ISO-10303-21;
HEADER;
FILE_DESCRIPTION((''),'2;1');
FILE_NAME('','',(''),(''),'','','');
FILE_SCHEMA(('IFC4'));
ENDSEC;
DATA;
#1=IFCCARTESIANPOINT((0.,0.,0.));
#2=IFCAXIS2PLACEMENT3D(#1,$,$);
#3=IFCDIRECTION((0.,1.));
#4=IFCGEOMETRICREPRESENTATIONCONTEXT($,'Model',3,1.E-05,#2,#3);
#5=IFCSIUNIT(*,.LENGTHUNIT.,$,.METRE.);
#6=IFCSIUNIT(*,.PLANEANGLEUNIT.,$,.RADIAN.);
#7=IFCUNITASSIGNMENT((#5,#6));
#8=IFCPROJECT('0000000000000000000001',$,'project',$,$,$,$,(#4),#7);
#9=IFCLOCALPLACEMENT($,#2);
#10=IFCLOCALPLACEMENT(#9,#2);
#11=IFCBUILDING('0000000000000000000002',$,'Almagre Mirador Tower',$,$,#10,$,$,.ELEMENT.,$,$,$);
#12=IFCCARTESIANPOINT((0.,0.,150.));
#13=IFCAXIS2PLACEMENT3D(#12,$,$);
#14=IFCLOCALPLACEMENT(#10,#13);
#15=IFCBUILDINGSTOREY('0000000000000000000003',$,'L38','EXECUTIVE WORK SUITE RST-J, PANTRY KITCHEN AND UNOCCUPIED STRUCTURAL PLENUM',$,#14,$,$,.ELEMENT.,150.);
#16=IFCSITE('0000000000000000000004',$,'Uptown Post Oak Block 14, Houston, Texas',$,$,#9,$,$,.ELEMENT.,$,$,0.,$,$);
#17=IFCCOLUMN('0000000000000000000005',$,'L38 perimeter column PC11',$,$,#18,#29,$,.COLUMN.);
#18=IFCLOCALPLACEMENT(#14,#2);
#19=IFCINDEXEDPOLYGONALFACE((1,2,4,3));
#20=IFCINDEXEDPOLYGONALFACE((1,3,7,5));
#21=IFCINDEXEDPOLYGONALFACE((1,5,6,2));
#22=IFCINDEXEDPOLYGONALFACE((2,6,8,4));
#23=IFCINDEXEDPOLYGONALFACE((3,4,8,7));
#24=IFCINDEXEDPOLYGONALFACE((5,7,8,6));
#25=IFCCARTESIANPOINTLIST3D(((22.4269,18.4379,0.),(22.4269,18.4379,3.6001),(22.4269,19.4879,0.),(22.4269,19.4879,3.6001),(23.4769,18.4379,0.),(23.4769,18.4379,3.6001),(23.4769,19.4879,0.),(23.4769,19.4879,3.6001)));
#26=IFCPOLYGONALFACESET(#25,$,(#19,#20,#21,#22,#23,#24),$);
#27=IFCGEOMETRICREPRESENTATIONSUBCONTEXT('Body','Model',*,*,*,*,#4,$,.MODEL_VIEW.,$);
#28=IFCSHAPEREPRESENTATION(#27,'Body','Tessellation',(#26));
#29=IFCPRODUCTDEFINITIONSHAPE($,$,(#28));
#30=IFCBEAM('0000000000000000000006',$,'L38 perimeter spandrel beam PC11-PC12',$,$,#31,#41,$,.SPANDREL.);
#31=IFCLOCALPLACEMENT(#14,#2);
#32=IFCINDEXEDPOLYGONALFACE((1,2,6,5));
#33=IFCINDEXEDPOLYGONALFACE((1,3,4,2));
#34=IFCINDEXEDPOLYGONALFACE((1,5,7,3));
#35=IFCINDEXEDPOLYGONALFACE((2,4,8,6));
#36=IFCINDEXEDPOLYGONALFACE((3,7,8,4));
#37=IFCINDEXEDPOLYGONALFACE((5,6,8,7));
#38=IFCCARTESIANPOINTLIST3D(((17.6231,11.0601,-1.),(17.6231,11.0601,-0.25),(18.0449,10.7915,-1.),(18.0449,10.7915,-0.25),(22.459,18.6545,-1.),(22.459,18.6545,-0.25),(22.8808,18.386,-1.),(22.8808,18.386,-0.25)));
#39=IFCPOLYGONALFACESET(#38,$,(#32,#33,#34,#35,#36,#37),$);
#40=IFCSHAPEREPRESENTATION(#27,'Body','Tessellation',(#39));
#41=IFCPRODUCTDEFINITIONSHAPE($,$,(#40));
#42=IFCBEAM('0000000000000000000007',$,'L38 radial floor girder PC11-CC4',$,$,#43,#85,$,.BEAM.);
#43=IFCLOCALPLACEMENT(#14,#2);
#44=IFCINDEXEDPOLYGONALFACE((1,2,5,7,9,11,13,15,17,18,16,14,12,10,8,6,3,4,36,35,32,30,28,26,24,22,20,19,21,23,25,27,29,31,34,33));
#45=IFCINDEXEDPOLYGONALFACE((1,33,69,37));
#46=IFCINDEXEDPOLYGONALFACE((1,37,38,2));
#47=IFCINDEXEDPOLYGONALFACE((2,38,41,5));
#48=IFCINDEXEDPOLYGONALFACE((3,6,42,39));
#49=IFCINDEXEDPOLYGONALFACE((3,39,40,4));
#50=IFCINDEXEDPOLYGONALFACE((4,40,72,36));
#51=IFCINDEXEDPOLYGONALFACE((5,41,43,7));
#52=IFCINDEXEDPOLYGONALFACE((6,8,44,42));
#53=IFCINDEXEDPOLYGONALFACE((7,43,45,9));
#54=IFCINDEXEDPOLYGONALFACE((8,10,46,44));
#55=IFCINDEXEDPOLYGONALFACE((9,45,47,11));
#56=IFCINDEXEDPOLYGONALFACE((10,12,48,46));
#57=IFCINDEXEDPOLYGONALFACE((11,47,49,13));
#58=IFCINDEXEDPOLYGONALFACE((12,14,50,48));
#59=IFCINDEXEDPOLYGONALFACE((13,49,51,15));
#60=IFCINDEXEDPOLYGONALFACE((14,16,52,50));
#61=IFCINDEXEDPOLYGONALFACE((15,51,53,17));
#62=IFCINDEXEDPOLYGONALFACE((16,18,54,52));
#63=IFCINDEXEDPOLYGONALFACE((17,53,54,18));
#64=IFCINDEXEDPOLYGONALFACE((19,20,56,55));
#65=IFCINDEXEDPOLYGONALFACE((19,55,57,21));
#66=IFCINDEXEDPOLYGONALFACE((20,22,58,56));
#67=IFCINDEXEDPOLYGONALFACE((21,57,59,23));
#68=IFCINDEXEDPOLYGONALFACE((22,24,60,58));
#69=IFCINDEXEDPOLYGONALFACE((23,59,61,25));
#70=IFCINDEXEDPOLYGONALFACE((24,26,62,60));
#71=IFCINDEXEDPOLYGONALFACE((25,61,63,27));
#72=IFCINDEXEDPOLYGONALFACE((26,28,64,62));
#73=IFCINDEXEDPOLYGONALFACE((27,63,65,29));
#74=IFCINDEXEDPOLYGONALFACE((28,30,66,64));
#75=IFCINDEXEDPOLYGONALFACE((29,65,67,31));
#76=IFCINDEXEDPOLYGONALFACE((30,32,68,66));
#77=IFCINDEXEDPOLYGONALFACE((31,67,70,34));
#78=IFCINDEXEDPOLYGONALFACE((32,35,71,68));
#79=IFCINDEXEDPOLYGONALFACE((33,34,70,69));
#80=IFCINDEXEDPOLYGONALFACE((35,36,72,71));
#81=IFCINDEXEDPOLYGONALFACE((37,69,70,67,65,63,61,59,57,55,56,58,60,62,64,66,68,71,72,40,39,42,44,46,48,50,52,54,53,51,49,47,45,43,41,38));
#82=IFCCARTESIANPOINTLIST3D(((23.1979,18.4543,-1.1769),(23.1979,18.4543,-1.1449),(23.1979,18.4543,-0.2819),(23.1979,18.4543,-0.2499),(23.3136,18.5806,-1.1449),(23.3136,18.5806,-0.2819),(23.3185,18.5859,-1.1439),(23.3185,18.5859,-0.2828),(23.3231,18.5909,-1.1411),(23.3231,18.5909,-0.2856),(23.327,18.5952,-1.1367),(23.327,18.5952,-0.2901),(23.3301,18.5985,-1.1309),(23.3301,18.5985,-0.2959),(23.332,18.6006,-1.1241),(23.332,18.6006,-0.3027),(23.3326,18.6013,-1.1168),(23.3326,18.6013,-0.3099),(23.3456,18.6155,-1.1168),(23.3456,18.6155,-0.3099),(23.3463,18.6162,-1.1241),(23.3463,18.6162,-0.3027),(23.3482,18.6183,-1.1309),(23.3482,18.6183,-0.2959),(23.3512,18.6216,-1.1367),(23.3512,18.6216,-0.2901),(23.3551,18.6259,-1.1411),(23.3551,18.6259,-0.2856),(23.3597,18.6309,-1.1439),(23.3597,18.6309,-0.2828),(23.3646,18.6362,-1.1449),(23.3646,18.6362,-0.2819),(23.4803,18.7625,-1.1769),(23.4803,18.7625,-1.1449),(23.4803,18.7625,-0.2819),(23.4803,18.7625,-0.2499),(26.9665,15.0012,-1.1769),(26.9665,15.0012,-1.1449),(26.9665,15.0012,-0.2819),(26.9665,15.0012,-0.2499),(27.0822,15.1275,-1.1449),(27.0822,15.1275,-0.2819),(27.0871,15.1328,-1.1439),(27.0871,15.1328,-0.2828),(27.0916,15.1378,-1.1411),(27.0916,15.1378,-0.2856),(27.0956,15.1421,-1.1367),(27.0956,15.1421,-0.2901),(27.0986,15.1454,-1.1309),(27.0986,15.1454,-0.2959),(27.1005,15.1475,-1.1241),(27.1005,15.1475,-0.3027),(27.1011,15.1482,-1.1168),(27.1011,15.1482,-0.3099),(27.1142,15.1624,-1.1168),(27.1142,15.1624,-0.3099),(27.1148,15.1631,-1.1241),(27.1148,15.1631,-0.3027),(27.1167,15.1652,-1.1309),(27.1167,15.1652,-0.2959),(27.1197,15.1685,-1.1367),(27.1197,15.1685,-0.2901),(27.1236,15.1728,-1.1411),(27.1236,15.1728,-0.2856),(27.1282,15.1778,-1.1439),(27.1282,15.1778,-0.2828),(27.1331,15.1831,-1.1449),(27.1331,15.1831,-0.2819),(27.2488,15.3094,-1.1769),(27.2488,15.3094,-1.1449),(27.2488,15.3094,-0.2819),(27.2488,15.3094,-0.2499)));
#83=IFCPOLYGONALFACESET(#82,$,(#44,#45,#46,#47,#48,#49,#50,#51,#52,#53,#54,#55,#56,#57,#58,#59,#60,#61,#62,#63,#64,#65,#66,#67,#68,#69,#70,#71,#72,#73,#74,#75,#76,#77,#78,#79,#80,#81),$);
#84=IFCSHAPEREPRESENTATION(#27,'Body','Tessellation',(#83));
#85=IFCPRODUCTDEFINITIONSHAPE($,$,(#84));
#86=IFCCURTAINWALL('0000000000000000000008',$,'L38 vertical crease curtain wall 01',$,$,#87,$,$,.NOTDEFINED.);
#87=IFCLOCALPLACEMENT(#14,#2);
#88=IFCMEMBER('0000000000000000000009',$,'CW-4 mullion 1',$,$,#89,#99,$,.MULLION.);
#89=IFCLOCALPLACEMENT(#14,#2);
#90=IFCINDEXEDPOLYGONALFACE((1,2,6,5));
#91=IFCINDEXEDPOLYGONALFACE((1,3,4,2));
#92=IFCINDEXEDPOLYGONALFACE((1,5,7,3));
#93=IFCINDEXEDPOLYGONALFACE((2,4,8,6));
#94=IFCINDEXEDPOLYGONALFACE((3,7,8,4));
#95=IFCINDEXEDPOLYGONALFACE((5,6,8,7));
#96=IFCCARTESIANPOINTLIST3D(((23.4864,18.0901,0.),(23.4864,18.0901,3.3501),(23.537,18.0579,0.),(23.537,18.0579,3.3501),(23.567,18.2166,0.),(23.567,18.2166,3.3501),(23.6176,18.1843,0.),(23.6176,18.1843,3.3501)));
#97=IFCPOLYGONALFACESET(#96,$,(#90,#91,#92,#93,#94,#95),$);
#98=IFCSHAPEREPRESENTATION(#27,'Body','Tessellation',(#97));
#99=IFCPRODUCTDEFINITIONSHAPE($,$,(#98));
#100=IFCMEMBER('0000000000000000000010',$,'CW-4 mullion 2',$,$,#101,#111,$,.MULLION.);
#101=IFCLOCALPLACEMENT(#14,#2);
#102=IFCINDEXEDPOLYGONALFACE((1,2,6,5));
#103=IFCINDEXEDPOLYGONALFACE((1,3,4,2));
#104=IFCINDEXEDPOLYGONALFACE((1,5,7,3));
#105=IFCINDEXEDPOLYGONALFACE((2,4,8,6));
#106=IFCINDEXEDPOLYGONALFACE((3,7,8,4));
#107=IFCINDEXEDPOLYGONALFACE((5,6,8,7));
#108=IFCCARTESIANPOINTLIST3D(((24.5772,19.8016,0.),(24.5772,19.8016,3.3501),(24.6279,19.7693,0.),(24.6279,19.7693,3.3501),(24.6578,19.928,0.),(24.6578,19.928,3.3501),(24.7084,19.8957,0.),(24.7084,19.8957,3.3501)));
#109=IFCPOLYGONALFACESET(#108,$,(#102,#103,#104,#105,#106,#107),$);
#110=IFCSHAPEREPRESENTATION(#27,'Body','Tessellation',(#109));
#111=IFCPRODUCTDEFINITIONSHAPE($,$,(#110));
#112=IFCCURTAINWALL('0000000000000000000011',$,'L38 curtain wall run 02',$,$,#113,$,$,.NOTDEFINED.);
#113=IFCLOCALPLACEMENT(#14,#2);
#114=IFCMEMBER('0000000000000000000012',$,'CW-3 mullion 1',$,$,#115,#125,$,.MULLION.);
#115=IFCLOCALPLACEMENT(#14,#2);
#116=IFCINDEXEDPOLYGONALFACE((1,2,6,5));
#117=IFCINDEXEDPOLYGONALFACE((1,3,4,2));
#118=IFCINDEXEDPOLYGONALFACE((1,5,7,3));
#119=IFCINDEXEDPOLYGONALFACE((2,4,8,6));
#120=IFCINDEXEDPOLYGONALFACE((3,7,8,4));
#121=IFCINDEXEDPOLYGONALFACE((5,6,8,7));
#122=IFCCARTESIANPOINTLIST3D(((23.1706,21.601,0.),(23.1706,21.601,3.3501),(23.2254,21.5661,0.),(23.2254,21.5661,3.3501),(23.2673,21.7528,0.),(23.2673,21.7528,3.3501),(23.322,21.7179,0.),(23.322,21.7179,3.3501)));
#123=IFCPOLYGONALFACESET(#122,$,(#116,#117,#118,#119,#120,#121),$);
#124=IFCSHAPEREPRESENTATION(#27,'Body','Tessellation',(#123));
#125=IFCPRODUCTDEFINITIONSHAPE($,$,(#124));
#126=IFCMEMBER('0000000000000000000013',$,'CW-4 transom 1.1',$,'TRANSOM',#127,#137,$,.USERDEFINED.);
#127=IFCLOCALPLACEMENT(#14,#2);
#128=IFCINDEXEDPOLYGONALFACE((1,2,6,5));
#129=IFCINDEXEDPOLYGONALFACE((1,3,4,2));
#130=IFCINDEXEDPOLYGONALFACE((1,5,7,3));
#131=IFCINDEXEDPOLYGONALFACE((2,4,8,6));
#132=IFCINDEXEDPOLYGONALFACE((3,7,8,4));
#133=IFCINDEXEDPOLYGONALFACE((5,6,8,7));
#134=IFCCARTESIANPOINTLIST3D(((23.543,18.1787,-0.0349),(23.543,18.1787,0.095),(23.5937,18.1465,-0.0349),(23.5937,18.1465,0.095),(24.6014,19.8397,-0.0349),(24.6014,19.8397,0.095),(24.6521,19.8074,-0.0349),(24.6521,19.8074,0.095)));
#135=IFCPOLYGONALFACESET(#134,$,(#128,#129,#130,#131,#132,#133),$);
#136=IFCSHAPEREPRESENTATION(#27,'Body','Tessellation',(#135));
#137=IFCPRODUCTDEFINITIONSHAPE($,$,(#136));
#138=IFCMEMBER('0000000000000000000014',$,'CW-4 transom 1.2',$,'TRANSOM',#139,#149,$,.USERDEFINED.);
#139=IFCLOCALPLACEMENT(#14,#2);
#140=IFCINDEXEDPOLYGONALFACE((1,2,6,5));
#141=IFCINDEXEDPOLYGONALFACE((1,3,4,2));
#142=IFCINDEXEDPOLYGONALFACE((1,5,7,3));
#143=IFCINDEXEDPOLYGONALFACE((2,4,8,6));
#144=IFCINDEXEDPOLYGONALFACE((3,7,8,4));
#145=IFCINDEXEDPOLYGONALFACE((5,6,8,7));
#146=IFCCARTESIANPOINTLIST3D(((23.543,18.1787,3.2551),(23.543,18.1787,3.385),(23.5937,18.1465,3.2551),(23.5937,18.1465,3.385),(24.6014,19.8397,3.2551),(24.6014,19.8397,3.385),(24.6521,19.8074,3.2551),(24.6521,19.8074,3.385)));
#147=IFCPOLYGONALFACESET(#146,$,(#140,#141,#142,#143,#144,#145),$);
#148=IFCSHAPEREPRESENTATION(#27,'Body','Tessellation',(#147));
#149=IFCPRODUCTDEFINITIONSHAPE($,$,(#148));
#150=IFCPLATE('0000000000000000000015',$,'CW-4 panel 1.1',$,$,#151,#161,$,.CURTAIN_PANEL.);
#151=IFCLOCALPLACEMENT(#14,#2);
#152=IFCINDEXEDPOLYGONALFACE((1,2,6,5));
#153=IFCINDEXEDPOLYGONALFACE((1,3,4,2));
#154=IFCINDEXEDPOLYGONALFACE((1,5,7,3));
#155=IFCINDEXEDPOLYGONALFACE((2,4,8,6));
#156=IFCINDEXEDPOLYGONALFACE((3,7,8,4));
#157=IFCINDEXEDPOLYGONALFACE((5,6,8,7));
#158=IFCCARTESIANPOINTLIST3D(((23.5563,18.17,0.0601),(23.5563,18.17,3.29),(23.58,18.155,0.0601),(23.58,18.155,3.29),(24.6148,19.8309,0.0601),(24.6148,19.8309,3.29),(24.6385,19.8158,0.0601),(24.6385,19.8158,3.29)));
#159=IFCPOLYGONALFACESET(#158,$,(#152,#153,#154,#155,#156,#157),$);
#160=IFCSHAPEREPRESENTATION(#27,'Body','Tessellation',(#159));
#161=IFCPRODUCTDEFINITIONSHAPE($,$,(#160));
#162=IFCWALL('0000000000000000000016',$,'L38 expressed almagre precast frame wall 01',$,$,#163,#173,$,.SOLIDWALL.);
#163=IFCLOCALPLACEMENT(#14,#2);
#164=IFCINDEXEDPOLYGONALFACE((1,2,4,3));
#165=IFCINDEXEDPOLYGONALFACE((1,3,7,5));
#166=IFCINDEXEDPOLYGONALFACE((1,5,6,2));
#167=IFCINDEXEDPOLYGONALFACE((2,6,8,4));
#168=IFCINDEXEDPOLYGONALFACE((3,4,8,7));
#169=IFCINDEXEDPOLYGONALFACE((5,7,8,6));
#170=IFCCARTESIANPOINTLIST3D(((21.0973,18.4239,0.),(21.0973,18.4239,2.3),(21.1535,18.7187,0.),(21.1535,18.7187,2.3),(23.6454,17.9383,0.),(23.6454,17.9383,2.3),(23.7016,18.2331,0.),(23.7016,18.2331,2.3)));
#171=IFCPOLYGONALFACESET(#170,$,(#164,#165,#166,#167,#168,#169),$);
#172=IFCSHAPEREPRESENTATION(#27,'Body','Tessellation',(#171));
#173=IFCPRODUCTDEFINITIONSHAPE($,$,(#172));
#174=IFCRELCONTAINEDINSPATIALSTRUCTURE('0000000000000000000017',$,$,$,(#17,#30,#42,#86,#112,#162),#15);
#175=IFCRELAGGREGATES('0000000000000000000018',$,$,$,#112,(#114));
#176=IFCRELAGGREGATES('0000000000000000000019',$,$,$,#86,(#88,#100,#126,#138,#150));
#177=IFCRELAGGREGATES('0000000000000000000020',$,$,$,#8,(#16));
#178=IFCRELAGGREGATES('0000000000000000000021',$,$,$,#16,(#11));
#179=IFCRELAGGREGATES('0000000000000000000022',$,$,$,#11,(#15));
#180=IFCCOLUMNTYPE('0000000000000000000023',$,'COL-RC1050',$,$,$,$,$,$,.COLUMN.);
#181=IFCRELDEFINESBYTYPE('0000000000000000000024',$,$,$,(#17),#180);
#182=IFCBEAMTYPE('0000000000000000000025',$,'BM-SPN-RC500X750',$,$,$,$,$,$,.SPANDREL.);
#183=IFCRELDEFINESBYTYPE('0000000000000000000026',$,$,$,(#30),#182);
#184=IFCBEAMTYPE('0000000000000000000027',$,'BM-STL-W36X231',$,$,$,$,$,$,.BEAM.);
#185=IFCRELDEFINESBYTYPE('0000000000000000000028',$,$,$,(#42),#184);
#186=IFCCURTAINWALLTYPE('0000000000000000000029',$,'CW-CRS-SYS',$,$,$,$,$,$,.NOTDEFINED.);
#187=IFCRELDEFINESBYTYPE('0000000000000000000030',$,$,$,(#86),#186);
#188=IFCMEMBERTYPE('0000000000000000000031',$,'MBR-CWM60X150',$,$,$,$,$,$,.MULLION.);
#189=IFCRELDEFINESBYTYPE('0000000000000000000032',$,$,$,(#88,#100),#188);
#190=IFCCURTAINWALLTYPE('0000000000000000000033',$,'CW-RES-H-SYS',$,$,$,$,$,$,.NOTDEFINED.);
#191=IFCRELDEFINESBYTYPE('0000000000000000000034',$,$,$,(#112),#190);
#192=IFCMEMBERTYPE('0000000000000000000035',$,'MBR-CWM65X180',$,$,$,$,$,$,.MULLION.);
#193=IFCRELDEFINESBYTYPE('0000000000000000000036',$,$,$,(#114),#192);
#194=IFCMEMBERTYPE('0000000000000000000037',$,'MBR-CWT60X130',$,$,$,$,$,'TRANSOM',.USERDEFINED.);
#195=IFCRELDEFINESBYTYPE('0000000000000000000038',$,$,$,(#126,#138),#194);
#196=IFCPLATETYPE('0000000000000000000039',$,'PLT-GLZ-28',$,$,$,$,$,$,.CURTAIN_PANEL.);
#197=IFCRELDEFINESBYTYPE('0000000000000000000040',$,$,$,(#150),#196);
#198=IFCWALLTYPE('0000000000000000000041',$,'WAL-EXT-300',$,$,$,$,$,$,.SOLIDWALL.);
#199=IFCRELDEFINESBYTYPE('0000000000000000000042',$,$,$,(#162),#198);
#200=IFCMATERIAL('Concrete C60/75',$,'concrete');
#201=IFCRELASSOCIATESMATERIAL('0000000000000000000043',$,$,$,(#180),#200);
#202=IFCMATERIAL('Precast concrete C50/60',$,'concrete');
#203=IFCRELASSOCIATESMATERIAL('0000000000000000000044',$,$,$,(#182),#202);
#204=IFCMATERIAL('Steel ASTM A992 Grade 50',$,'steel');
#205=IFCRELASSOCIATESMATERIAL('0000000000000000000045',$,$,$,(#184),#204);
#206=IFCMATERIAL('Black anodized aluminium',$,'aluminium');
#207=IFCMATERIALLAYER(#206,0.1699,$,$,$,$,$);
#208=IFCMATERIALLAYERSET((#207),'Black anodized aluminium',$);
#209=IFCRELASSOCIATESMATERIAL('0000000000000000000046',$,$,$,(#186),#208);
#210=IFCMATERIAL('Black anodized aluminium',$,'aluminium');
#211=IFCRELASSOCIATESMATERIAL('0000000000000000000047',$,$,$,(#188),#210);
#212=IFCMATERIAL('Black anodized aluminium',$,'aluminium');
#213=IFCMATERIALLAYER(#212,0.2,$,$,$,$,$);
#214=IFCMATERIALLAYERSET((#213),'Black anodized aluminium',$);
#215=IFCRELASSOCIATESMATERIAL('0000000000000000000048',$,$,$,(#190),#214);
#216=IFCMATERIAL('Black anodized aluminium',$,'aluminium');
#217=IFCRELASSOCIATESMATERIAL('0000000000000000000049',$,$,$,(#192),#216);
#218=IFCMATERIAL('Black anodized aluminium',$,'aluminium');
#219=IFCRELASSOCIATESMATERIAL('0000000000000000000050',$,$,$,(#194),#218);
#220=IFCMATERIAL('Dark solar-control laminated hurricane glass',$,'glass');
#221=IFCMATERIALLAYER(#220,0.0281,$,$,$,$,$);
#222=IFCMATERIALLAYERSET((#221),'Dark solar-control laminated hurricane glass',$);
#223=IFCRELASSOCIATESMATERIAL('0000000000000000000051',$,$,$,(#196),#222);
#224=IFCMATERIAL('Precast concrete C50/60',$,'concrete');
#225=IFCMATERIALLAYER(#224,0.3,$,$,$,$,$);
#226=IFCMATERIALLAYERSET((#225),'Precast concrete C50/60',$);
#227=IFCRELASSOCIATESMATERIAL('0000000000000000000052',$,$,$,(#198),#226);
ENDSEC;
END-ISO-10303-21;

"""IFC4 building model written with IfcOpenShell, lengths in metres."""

from ifc_helpers import new_model, si_unit, direction, frame, frame_2d, origin, origin_2d, place, context, subcontext, project, spatial, rectangle, i_section, extrude, material, layer, layer_set, material_profile, profile_set, type_object, element, aggregate, save


model = new_model("IFC4")

# Units and contexts
model_context = context("Model", 3, precision=1e-05, world=origin(), true_north=direction((0.0, 1.0)))
body_context = subcontext(model_context, "Body", "Model", "MODEL_VIEW")
ifc_project = project(units=[si_unit("LENGTHUNIT", "METRE"), si_unit("PLANEANGLEUNIT", "RADIAN")], contexts=[model_context])

# Site, building, storey
site_placement = place(None, origin())
site = spatial("IfcSite", under=ifc_project, at=site_placement, Name="Uptown Post Oak Block 14, Houston, Texas", CompositionType="ELEMENT", RefElevation=0.0)
building_placement = place(site_placement, origin())
building = spatial("IfcBuilding", under=site, at=building_placement, Name="Almagre Mirador Tower", CompositionType="ELEMENT")
storey_placement = place(building_placement, frame((0.0, 0.0, 150.0)))
storey = spatial("IfcBuildingStorey", under=building, at=storey_placement, Name="L38", Description="EXECUTIVE WORK SUITE RST-J, PANTRY KITCHEN AND UNOCCUPIED STRUCTURAL PLENUM", CompositionType="ELEMENT", Elevation=150.0)

# Column
ifc_material_1 = material(Name="Concrete C60/75", Category="concrete")
ifc_material_profile_1 = material_profile(ifc_material_1, rectangle(XDim=1.05, YDim=1.05, at=origin_2d()), Name="RC1050X1050")
ifc_profile_set_1 = profile_set([ifc_material_profile_1], Name="Concrete C60/75")
column_type = type_object("IfcColumnType", Name="COL-RC1050", PredefinedType="COLUMN", material=ifc_profile_set_1)
column_placement = place(storey_placement, frame((22.9519, 18.9629, 0.0), z_axis=(0.0, 0.0, 1.0), x_axis=(1.0, 0.0, 0.0)))
element("IfcColumn", 1, at=column_placement, inside=storey, type_object=column_type, Name="L38 perimeter column PC11", PredefinedType="COLUMN", context=body_context, shape_type="SweptSolid", body=[
    extrude(rectangle(XDim=1.05, YDim=1.05, at=origin_2d()), origin(), (0.0, 0.0, 1.0), 3.6001),
])

# Beams
ifc_material_2 = material(Name="Precast concrete C50/60", Category="concrete")
ifc_material_profile_2 = material_profile(ifc_material_2, rectangle(XDim=0.5, YDim=0.75, at=origin_2d()), Name="RC500X750")
ifc_profile_set_2 = profile_set([ifc_material_profile_2], Name="Precast concrete C50/60")
beam_type_1 = type_object("IfcBeamType", Name="BM-SPN-RC500X750", PredefinedType="SPANDREL", material=ifc_profile_set_2)
beam_1_placement = place(storey_placement, frame((22.6699, 18.5203, -0.625), z_axis=(-0.537119, -0.843506, 0.0), x_axis=(0.843506, -0.537119, 0.0)))
element("IfcBeam", 2, at=beam_1_placement, inside=storey, type_object=beam_type_1, Name="L38 perimeter spandrel beam PC11-PC12", PredefinedType="SPANDREL", context=body_context, shape_type="SweptSolid", body=[
    extrude(rectangle(XDim=0.5, YDim=0.75, at=origin_2d()), origin(), (0.0, 0.0, 1.0), 9.0034),
])
ifc_material_3 = material(Name="Steel ASTM A992 Grade 50", Category="steel")
ifc_material_profile_3 = material_profile(ifc_material_3, i_section(OverallWidth=0.418, OverallDepth=0.927, WebThickness=0.0193, FlangeThickness=0.032, FilletRadius=0.0281, at=origin_2d()), Name="W36X231")
ifc_profile_set_3 = profile_set([ifc_material_profile_3], Name="Steel ASTM A992 Grade 50")
beam_type_2 = type_object("IfcBeamType", Name="BM-STL-W36X231", PredefinedType="BEAM", material=ifc_profile_set_3)
beam_2_placement = place(storey_placement, frame((23.3391, 18.6084, -0.7134), z_axis=(0.737289, -0.675578, 0.0), x_axis=(0.675578, 0.737289, 0.0)))
element("IfcBeam", 3, at=beam_2_placement, inside=storey, type_object=beam_type_2, Name="L38 radial floor girder PC11-CC4", PredefinedType="BEAM", context=body_context, shape_type="SweptSolid", body=[
    extrude(i_section(OverallWidth=0.418, OverallDepth=0.927, WebThickness=0.0193, FlangeThickness=0.032, FilletRadius=0.0281, at=origin_2d()), origin(), (0.0, 0.0, 1.0), 5.1113),
])

# Curtain wall, members
ifc_material_4 = material(Name="Black anodized aluminium", Category="aluminium")
ifc_layer_1 = layer(ifc_material_4, 0.1699)
ifc_layer_set_1 = layer_set([ifc_layer_1], Name="Black anodized aluminium")
curtain_wall_type_1 = type_object("IfcCurtainWallType", Name="CW-CRS-SYS", PredefinedType="NOTDEFINED", material=ifc_layer_set_1)
curtain_wall_1_placement = place(storey_placement, origin())
curtain_wall_1 = element("IfcCurtainWall", 4, at=curtain_wall_1_placement, inside=storey, type_object=curtain_wall_type_1, Name="L38 vertical crease curtain wall 01", PredefinedType="NOTDEFINED")
ifc_material_5 = material(Name="Black anodized aluminium", Category="aluminium")
ifc_material_profile_4 = material_profile(ifc_material_5, rectangle(XDim=0.0601, YDim=0.1499, at=origin_2d()), Name="CWM60X150")
ifc_profile_set_4 = profile_set([ifc_material_profile_4], Name="Black anodized aluminium")
member_type_1 = type_object("IfcMemberType", Name="MBR-CWM60X150", PredefinedType="MULLION", material=ifc_profile_set_4)
member_1_placement = place(storey_placement, frame((23.552, 18.1372, 0.0), z_axis=(0.0, 0.0, 1.0), x_axis=(-0.843287, 0.537464, 0.0)))
member_1 = element("IfcMember", 5, at=member_1_placement, type_object=member_type_1, Name="CW-4 mullion 1", PredefinedType="MULLION", context=body_context, shape_type="SweptSolid", body=[
    extrude(rectangle(XDim=0.0601, YDim=0.1499, at=origin_2d()), origin(), (0.0, 0.0, 1.0), 3.3501),
])
member_2_placement = place(storey_placement, frame((24.6428, 19.8486, 0.0), z_axis=(0.0, 0.0, 1.0), x_axis=(-0.843287, 0.537464, 0.0)))
member_2 = element("IfcMember", 6, at=member_2_placement, type_object=member_type_1, Name="CW-4 mullion 2", PredefinedType="MULLION", context=body_context, shape_type="SweptSolid", body=[
    extrude(rectangle(XDim=0.0601, YDim=0.1499, at=origin_2d()), origin(), (0.0, 0.0, 1.0), 3.3501),
])

# Curtain wall, member
ifc_material_6 = material(Name="Black anodized aluminium", Category="aluminium")
ifc_layer_2 = layer(ifc_material_6, 0.2)
ifc_layer_set_2 = layer_set([ifc_layer_2], Name="Black anodized aluminium")
curtain_wall_type_2 = type_object("IfcCurtainWallType", Name="CW-RES-H-SYS", PredefinedType="NOTDEFINED", material=ifc_layer_set_2)
curtain_wall_2_placement = place(storey_placement, origin())
curtain_wall_2 = element("IfcCurtainWall", 7, at=curtain_wall_2_placement, inside=storey, type_object=curtain_wall_type_2, Name="L38 curtain wall run 02", PredefinedType="NOTDEFINED")
ifc_material_7 = material(Name="Black anodized aluminium", Category="aluminium")
ifc_material_profile_5 = material_profile(ifc_material_7, rectangle(XDim=0.0649, YDim=0.1799, at=origin_2d()), Name="CWM65X180")
ifc_profile_set_5 = profile_set([ifc_material_profile_5], Name="Black anodized aluminium")
member_type_2 = type_object("IfcMemberType", Name="MBR-CWM65X180", PredefinedType="MULLION", material=ifc_profile_set_5)
member_3_placement = place(storey_placement, frame((23.2463, 21.6594, 0.0), z_axis=(0.0, 0.0, 1.0), x_axis=(-0.843509, 0.537115, 0.0)))
member_3 = element("IfcMember", 8, at=member_3_placement, type_object=member_type_2, Name="CW-3 mullion 1", PredefinedType="MULLION", context=body_context, shape_type="SweptSolid", body=[
    extrude(rectangle(XDim=0.0649, YDim=0.1799, at=origin_2d()), origin(), (0.0, 0.0, 1.0), 3.3501),
])
aggregate(curtain_wall_2, [member_3])

# Members
ifc_material_8 = material(Name="Black anodized aluminium", Category="aluminium")
ifc_material_profile_6 = material_profile(ifc_material_8, rectangle(XDim=0.0601, YDim=0.1299, at=origin_2d()), Name="CWT60X130")
ifc_profile_set_6 = profile_set([ifc_material_profile_6], Name="Black anodized aluminium")
member_type_3 = type_object("IfcMemberType", Name="MBR-CWT60X130", ElementType="TRANSOM", PredefinedType="USERDEFINED", material=ifc_profile_set_6)
member_4_placement = place(storey_placement, frame((23.5684, 18.1626, 0.03), z_axis=(0.537389, 0.843335, 0.0), x_axis=(-0.843335, 0.537389, 0.0)))
member_4 = element("IfcMember", 9, at=member_4_placement, type_object=member_type_3, Name="CW-4 transom 1.1", ObjectType="TRANSOM", PredefinedType="USERDEFINED", context=body_context, shape_type="SweptSolid", body=[
    extrude(rectangle(XDim=0.0601, YDim=0.1299, at=origin_2d()), origin(), (0.0, 0.0, 1.0), 1.9695),
])
member_5_placement = place(storey_placement, frame((23.5684, 18.1626, 3.3201), z_axis=(0.537389, 0.843335, 0.0), x_axis=(-0.843335, 0.537389, 0.0)))
member_5 = element("IfcMember", 10, at=member_5_placement, type_object=member_type_3, Name="CW-4 transom 1.2", ObjectType="TRANSOM", PredefinedType="USERDEFINED", context=body_context, shape_type="SweptSolid", body=[
    extrude(rectangle(XDim=0.0601, YDim=0.1299, at=origin_2d()), origin(), (0.0, 0.0, 1.0), 1.9695),
])

# Plate
ifc_material_9 = material(Name="Dark solar-control laminated hurricane glass", Category="glass")
ifc_layer_3 = layer(ifc_material_9, 0.0281)
ifc_layer_set_3 = layer_set([ifc_layer_3], Name="Dark solar-control laminated hurricane glass")
plate_type = type_object("IfcPlateType", Name="PLT-GLZ-28", PredefinedType="CURTAIN_PANEL", material=ifc_layer_set_3)
plate_placement = place(storey_placement, frame((24.0974, 18.9929, 0.0601), z_axis=(0.0, 0.0, 1.0), x_axis=(0.537464, 0.843287, 0.0)))
plate = element("IfcPlate", 11, at=plate_placement, type_object=plate_type, Name="CW-4 panel 1.1", PredefinedType="CURTAIN_PANEL", context=body_context, shape_type="SweptSolid", body=[
    extrude(rectangle(XDim=1.9695, YDim=0.0281, at=origin_2d()), origin(), (0.0, 0.0, 1.0), 3.23),
])
aggregate(curtain_wall_1, [member_1, member_2, member_4, member_5, plate])

# Wall
ifc_material_10 = material(Name="Precast concrete C50/60", Category="concrete")
ifc_layer_4 = layer(ifc_material_10, 0.3)
ifc_layer_set_4 = layer_set([ifc_layer_4], Name="Precast concrete C50/60")
wall_type_1 = type_object("IfcWallType", Name="WAL-EXT-300", PredefinedType="SOLIDWALL", material=ifc_layer_set_4)
wall_1_placement = place(storey_placement, frame((21.1255, 18.5713, 0.0), z_axis=(0.0, 0.0, 1.0), x_axis=(0.982321, -0.187203, 0.0)))
element("IfcWall", 12, at=wall_1_placement, inside=storey, type_object=wall_type_1, Name="L38 expressed almagre precast frame wall 01", PredefinedType="SOLIDWALL", context=body_context, shape_type="SweptSolid", body=[
    extrude(rectangle(XDim=2.594, YDim=0.3, at=frame_2d((1.2969, 0.0))), origin(), (0.0, 0.0, 1.0), 2.3),
])

save(model, "model.ifc")
